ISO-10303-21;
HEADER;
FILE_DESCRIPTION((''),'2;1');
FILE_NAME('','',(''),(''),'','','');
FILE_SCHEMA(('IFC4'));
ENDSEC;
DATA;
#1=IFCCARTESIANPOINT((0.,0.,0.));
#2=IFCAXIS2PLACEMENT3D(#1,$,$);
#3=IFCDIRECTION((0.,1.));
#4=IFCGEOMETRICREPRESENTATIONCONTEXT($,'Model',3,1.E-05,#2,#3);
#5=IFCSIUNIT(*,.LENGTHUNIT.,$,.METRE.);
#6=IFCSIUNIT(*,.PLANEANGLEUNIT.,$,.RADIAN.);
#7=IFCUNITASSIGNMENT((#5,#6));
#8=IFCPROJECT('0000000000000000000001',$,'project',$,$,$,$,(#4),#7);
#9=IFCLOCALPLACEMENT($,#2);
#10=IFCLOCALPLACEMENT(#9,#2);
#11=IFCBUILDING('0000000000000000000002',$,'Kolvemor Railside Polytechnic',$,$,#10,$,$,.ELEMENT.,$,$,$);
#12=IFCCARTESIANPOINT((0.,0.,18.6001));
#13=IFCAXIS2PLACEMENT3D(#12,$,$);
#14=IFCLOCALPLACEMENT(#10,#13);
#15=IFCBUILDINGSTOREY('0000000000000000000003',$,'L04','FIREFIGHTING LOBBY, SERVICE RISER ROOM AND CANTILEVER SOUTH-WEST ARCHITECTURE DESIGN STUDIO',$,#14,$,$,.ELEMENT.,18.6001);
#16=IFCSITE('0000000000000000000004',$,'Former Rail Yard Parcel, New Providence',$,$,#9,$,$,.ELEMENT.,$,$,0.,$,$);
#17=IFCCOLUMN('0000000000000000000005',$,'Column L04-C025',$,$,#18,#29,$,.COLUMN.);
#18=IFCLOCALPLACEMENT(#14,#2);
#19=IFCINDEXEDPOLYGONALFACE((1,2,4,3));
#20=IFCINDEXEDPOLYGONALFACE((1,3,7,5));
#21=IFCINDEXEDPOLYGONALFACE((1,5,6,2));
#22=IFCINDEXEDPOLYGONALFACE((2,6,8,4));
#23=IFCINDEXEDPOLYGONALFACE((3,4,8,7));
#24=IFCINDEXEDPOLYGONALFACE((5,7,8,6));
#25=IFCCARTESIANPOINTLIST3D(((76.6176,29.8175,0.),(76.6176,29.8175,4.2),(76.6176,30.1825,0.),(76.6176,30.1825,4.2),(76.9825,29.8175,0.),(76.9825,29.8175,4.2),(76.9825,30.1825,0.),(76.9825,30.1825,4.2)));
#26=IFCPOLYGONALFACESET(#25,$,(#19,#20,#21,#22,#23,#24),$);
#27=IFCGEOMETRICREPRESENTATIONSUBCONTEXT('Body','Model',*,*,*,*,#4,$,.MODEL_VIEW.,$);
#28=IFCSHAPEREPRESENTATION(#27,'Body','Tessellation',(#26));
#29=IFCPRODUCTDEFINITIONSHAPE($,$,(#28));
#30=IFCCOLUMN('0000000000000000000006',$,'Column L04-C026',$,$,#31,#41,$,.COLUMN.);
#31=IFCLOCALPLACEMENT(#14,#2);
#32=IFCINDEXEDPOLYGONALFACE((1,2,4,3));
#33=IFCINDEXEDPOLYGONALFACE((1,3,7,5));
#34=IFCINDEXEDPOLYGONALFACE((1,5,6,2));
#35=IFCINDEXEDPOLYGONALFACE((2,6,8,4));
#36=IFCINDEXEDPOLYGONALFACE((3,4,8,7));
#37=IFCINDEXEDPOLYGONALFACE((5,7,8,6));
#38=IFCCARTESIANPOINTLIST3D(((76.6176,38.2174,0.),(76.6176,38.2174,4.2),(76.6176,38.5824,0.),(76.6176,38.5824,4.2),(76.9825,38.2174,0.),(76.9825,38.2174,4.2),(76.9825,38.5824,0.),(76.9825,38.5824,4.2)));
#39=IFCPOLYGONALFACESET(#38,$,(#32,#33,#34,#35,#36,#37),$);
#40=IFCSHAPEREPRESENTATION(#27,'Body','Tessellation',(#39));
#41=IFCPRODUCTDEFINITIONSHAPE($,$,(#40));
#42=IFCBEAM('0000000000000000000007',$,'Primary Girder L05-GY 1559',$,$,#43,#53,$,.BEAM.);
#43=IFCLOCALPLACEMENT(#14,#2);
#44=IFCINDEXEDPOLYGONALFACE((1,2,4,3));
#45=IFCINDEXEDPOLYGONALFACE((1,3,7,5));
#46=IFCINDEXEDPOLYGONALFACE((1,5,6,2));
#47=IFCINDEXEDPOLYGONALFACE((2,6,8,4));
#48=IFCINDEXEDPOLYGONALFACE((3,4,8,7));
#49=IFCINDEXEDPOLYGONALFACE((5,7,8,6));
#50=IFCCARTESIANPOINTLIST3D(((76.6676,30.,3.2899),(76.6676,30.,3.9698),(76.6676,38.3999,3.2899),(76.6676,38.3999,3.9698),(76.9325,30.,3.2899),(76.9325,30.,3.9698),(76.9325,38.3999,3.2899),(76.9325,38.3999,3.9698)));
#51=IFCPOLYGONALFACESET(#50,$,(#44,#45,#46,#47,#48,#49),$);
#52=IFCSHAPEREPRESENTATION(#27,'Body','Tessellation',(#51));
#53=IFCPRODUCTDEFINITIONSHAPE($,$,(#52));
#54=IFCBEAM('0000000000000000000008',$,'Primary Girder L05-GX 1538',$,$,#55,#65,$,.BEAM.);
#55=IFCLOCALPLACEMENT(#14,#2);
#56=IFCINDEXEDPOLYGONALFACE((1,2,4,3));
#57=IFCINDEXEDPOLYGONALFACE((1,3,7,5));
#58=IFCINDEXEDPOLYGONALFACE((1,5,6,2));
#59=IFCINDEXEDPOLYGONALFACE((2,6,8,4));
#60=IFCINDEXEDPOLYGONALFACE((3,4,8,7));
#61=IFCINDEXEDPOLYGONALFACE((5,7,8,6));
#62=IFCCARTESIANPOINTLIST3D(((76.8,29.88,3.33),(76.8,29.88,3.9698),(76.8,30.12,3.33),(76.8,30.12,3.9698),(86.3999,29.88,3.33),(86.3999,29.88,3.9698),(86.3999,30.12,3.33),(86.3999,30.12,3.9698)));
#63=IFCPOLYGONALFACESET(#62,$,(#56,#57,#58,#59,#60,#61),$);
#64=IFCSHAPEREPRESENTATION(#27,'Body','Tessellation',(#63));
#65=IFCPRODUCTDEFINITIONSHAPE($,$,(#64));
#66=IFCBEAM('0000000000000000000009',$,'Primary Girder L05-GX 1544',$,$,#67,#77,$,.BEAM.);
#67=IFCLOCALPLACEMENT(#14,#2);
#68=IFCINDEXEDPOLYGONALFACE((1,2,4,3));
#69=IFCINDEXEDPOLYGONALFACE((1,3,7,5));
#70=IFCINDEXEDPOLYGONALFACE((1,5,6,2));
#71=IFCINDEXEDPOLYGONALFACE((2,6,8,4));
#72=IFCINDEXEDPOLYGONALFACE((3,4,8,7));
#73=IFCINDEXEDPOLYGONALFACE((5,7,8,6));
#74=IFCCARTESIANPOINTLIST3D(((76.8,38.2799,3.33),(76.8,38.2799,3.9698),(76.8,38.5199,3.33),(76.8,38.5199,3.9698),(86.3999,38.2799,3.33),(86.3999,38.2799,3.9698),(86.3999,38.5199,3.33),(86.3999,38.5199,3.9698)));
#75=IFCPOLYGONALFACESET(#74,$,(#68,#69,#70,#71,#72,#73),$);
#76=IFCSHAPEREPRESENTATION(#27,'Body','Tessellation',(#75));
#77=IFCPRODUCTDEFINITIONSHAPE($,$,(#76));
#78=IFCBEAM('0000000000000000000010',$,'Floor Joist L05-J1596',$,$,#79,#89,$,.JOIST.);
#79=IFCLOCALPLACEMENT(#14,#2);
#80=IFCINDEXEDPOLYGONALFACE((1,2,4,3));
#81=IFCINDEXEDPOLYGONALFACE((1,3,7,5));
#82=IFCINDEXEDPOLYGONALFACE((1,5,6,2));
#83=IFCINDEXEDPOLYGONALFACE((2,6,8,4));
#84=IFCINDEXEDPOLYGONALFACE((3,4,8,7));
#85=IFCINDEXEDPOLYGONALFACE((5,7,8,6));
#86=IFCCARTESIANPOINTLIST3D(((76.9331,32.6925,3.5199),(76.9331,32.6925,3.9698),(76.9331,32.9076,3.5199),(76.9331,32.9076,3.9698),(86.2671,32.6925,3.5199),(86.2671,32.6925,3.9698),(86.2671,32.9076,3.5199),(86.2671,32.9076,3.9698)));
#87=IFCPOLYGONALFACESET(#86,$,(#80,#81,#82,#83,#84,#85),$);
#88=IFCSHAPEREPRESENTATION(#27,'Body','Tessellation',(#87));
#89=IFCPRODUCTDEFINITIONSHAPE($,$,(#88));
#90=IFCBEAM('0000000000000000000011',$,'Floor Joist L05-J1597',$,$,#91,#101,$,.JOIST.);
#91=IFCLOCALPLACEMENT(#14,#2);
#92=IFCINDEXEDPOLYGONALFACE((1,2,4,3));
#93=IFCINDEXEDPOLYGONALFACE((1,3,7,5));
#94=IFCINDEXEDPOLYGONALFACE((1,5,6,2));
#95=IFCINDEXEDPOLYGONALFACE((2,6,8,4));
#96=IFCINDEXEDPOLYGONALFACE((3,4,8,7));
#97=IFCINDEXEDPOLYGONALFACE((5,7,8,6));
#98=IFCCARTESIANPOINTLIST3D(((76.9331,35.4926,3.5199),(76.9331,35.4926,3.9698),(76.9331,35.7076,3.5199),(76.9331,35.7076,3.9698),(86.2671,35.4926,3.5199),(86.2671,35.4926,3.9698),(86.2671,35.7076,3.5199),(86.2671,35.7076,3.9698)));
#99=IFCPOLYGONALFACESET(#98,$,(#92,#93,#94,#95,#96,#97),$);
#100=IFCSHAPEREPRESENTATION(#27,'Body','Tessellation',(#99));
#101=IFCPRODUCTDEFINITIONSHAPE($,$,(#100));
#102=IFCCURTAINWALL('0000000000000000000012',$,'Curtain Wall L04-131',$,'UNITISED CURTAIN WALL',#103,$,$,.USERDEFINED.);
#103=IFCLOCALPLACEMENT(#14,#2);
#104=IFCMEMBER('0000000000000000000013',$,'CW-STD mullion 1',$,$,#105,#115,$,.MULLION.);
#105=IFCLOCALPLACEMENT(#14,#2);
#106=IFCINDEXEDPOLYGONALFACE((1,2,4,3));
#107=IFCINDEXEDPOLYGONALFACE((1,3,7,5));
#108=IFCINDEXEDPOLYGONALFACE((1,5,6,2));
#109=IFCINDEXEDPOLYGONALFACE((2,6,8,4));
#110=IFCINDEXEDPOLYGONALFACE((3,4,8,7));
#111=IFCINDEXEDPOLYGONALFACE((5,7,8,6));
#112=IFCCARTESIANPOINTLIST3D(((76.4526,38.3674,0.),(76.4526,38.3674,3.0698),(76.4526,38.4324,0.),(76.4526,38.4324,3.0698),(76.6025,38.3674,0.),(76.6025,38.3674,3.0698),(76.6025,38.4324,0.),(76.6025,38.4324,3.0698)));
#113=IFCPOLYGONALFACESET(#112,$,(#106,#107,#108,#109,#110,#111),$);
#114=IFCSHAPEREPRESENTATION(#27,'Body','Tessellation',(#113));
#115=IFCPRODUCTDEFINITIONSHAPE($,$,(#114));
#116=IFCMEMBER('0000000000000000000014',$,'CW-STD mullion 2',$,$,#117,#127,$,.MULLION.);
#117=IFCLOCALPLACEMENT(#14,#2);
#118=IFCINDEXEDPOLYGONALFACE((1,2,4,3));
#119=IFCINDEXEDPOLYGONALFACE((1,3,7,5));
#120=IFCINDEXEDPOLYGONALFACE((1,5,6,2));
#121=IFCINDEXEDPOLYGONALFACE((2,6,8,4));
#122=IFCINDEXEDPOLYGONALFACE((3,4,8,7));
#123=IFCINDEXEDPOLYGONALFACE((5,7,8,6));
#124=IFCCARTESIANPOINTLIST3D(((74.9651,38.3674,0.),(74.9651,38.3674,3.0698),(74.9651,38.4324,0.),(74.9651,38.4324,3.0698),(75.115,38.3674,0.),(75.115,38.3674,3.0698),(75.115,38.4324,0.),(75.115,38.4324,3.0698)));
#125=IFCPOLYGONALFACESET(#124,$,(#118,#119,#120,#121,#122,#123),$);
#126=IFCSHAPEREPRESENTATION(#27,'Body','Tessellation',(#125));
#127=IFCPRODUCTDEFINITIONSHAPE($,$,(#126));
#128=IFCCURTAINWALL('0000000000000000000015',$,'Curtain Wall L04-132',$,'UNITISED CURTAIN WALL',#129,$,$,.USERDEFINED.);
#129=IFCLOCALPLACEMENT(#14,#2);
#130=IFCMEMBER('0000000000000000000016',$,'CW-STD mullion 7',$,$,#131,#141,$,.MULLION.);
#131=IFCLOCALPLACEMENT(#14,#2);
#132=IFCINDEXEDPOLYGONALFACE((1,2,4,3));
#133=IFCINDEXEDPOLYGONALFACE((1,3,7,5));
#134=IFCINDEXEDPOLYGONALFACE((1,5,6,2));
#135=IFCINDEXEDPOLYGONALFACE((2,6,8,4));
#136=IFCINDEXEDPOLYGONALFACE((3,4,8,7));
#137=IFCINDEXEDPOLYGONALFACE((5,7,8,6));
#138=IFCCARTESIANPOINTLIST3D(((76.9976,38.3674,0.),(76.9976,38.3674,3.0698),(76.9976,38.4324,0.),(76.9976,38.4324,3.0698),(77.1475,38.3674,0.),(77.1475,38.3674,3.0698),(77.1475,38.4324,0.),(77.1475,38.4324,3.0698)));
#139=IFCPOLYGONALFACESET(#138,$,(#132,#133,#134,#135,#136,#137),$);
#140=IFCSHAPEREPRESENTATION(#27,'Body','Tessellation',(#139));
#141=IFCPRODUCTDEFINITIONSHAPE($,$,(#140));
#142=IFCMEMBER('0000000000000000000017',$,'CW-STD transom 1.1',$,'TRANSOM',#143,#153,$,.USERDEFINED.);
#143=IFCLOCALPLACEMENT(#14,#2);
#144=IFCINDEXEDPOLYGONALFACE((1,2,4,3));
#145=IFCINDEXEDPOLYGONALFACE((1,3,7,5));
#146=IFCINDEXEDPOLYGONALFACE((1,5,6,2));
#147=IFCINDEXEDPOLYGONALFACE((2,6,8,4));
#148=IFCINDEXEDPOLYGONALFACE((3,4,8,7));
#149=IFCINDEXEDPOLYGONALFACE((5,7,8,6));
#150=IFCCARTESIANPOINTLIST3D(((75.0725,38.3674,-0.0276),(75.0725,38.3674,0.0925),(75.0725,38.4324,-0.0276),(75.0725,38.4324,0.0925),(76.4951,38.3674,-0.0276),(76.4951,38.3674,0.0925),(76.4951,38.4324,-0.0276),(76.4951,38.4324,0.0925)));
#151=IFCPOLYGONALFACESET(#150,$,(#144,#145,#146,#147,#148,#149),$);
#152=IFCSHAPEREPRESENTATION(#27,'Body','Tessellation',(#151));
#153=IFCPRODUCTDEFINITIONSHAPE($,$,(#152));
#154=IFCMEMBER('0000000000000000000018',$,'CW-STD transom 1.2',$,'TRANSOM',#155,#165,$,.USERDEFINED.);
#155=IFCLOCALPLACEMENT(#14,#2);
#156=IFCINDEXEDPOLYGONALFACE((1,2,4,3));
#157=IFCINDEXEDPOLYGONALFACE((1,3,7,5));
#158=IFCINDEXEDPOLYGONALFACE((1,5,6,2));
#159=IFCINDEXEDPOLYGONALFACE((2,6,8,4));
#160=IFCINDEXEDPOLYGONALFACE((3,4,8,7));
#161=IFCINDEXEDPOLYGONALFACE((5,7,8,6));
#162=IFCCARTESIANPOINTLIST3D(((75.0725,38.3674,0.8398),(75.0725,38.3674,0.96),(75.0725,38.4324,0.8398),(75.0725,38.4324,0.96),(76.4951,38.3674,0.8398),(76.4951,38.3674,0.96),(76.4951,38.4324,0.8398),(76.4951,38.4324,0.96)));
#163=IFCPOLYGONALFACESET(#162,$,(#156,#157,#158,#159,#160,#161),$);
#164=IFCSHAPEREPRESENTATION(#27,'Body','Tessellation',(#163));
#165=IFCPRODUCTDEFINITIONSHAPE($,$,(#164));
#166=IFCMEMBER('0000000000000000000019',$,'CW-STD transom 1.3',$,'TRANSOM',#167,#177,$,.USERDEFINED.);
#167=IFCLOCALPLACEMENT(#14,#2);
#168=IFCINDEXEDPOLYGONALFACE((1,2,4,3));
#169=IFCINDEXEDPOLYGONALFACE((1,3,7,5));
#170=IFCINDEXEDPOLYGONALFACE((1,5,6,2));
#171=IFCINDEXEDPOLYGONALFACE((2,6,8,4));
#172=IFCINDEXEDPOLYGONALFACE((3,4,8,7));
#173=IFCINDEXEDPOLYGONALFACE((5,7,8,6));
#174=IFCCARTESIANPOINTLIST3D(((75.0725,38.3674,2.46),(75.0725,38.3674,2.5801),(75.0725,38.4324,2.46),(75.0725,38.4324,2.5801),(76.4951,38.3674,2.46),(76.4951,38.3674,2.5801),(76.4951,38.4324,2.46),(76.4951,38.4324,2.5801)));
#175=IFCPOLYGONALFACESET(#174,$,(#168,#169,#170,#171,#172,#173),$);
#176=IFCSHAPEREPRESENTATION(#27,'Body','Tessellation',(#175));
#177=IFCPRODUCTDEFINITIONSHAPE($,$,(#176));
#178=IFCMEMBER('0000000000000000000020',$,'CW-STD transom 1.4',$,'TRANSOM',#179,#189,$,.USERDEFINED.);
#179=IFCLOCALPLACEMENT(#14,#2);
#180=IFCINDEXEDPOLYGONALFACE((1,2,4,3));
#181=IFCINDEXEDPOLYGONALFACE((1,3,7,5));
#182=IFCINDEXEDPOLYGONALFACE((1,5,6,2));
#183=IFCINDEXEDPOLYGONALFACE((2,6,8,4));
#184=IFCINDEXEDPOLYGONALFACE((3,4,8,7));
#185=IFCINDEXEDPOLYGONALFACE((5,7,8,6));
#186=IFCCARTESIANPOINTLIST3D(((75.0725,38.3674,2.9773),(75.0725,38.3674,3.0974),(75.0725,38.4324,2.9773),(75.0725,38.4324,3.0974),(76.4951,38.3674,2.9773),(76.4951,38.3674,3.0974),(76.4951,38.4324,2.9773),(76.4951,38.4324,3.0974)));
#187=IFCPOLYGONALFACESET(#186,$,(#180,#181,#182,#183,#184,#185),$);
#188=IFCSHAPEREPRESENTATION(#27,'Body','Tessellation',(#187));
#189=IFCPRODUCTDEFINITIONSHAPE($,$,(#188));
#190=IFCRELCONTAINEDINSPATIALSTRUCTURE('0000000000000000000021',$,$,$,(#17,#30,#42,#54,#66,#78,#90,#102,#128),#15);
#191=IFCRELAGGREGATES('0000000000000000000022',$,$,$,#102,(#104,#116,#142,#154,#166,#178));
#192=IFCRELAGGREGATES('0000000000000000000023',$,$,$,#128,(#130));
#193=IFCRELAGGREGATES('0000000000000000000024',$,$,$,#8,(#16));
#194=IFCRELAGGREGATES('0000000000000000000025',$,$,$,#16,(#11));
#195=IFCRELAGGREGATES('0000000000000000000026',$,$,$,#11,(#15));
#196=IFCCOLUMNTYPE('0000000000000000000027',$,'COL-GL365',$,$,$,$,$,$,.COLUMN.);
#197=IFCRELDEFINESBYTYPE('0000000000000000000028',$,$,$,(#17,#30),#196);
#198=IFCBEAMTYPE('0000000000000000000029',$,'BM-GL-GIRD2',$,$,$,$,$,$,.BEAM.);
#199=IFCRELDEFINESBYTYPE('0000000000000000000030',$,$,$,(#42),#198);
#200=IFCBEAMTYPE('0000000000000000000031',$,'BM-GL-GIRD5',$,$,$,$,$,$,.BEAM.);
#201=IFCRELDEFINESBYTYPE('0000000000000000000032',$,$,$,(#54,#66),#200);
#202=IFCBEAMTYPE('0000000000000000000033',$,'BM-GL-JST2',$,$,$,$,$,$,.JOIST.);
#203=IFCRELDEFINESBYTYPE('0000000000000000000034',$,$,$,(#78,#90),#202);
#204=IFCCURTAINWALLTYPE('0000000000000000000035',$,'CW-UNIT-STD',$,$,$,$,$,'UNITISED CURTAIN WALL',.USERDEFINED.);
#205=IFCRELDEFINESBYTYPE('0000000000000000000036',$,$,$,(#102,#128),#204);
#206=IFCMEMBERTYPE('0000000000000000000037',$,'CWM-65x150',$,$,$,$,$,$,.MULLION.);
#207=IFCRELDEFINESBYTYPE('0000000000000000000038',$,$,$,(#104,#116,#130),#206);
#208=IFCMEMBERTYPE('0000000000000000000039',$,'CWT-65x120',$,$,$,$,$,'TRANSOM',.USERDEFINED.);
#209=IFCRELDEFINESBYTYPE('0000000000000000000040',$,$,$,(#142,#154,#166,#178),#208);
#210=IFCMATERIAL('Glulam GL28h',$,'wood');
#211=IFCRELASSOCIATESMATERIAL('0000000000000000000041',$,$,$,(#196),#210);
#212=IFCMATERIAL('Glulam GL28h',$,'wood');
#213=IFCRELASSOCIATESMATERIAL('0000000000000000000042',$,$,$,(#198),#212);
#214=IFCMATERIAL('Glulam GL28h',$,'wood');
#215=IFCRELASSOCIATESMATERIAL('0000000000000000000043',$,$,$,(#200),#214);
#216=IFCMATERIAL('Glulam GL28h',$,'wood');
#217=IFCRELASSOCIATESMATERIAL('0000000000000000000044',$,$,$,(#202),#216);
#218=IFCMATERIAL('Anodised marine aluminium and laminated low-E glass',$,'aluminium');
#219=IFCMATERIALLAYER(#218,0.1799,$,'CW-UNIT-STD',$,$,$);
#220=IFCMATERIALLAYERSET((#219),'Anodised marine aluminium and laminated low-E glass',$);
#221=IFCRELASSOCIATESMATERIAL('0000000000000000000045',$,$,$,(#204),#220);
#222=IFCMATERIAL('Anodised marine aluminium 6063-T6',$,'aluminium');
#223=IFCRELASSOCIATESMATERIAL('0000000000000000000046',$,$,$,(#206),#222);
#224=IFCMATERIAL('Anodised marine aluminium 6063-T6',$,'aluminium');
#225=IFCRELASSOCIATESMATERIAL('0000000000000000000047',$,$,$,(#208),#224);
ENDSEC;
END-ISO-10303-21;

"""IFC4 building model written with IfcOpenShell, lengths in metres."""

from ifc_helpers import new_model, si_unit, direction, frame, origin, origin_2d, place, context, subcontext, project, spatial, rectangle, extrude, material, layer, layer_set, material_profile, profile_set, type_object, element, aggregate, save


model = new_model("IFC4")

# Units and contexts
model_context = context("Model", 3, precision=1e-05, world=origin(), true_north=direction((0.0, 1.0)))
body_context = subcontext(model_context, "Body", "Model", "MODEL_VIEW")
ifc_project = project(units=[si_unit("LENGTHUNIT", "METRE"), si_unit("PLANEANGLEUNIT", "RADIAN")], contexts=[model_context])

# Site, building, storey
site_placement = place(None, origin())
site = spatial("IfcSite", under=ifc_project, at=site_placement, Name="Former Rail Yard Parcel, New Providence", CompositionType="ELEMENT", RefElevation=0.0)
building_placement = place(site_placement, origin())
building = spatial("IfcBuilding", under=site, at=building_placement, Name="Kolvemor Railside Polytechnic", CompositionType="ELEMENT")
storey_placement = place(building_placement, frame((0.0, 0.0, 18.6001)))
storey = spatial("IfcBuildingStorey", under=building, at=storey_placement, Name="L04", Description="FIREFIGHTING LOBBY, SERVICE RISER ROOM AND CANTILEVER SOUTH-WEST ARCHITECTURE DESIGN STUDIO", CompositionType="ELEMENT", Elevation=18.6001)

# Columns
ifc_material_1 = material(Name="Glulam GL28h", Category="wood")
ifc_material_profile_1 = material_profile(ifc_material_1, rectangle(XDim=0.365, YDim=0.365, at=origin_2d()), Name="GL365x365")
ifc_profile_set_1 = profile_set([ifc_material_profile_1], Name="Glulam GL28h")
column_type = type_object("IfcColumnType", Name="COL-GL365", PredefinedType="COLUMN", material=ifc_profile_set_1)
for number, where, z_axis, x_axis, name in (
    (1, (76.8, 30.0, 0.0), (0.0, 0.0, 1.0), (1.0, 0.0, 0.0), "Column L04-C025"),
    (2, (76.8, 38.3999, 0.0), (0.0, 0.0, 1.0), (1.0, 0.0, 0.0), "Column L04-C026"),
):
    element("IfcColumn", number, at=place(storey_placement, frame(where, z_axis=z_axis, x_axis=x_axis)), inside=storey, type_object=column_type, Name=name, PredefinedType="COLUMN", context=body_context, shape_type="SweptSolid", body=[
        extrude(rectangle(XDim=0.365, YDim=0.365, at=origin_2d()), origin(), (0.0, 0.0, 1.0), 4.2),
    ])

# Beams
ifc_material_2 = material(Name="Glulam GL28h", Category="wood")
ifc_material_profile_2 = material_profile(ifc_material_2, rectangle(XDim=0.2649, YDim=0.6799, at=origin_2d()), Name="GL265x680")
ifc_profile_set_2 = profile_set([ifc_material_profile_2], Name="Glulam GL28h")
beam_type_1 = type_object("IfcBeamType", Name="BM-GL-GIRD2", PredefinedType="BEAM", material=ifc_profile_set_2)
beam_placement = place(storey_placement, frame((76.8, 30.0, 3.6299), z_axis=(0.0, 1.0, 0.0), x_axis=(-1.0, 0.0, 0.0)))
element("IfcBeam", 3, at=beam_placement, inside=storey, type_object=beam_type_1, Name="Primary Girder L05-GY 1559", PredefinedType="BEAM", context=body_context, shape_type="SweptSolid", body=[
    extrude(rectangle(XDim=0.2649, YDim=0.6799, at=origin_2d()), origin(), (0.0, 0.0, 1.0), 8.3999),
])
ifc_material_3 = material(Name="Glulam GL28h", Category="wood")
ifc_material_profile_3 = material_profile(ifc_material_3, rectangle(XDim=0.24, YDim=0.6399, at=origin_2d()), Name="GL240x640")
ifc_profile_set_3 = profile_set([ifc_material_profile_3], Name="Glulam GL28h")
beam_type_2 = type_object("IfcBeamType", Name="BM-GL-GIRD5", PredefinedType="BEAM", material=ifc_profile_set_3)
for number, where, z_axis, x_axis, name in (
    (4, (76.8, 30.0, 3.6499), (1.0, 0.0, 0.0), (0.0, 1.0, 0.0), "Primary Girder L05-GX 1538"),
    (5, (76.8, 38.3999, 3.6499), (1.0, 0.0, 0.0), (0.0, 1.0, 0.0), "Primary Girder L05-GX 1544"),
):
    element("IfcBeam", number, at=place(storey_placement, frame(where, z_axis=z_axis, x_axis=x_axis)), inside=storey, type_object=beam_type_2, Name=name, PredefinedType="BEAM", context=body_context, shape_type="SweptSolid", body=[
        extrude(rectangle(XDim=0.24, YDim=0.6399, at=origin_2d()), origin(), (0.0, 0.0, 1.0), 9.5999),
    ])
ifc_material_4 = material(Name="Glulam GL28h", Category="wood")
ifc_material_profile_4 = material_profile(ifc_material_4, rectangle(XDim=0.2151, YDim=0.45, at=origin_2d()), Name="GL215x450")
ifc_profile_set_4 = profile_set([ifc_material_profile_4], Name="Glulam GL28h")
beam_type_3 = type_object("IfcBeamType", Name="BM-GL-JST2", PredefinedType="JOIST", material=ifc_profile_set_4)
for number, where, z_axis, x_axis, name in (
    (6, (76.9331, 32.8, 3.7449), (1.0, 0.0, 0.0), (0.0, 1.0, 0.0), "Floor Joist L05-J1596"),
    (7, (76.9331, 35.6001, 3.7449), (1.0, 0.0, 0.0), (0.0, 1.0, 0.0), "Floor Joist L05-J1597"),
):
    element("IfcBeam", number, at=place(storey_placement, frame(where, z_axis=z_axis, x_axis=x_axis)), inside=storey, type_object=beam_type_3, Name=name, PredefinedType="JOIST", context=body_context, shape_type="SweptSolid", body=[
        extrude(rectangle(XDim=0.2151, YDim=0.45, at=origin_2d()), origin(), (0.0, 0.0, 1.0), 9.334),
    ])

# Curtain wall, members
ifc_material_5 = material(Name="Anodised marine aluminium and laminated low-E glass", Category="aluminium")
ifc_layer_1 = layer(ifc_material_5, 0.1799, Name="CW-UNIT-STD")
ifc_layer_set_1 = layer_set([ifc_layer_1], Name="Anodised marine aluminium and laminated low-E glass")
curtain_wall_type = type_object("IfcCurtainWallType", Name="CW-UNIT-STD", ElementType="UNITISED CURTAIN WALL", PredefinedType="USERDEFINED", material=ifc_layer_set_1)
curtain_wall_1_placement = place(storey_placement, origin())
curtain_wall_1 = element("IfcCurtainWall", 8, at=curtain_wall_1_placement, inside=storey, type_object=curtain_wall_type, Name="Curtain Wall L04-131", ObjectType="UNITISED CURTAIN WALL", PredefinedType="USERDEFINED")
ifc_material_6 = material(Name="Anodised marine aluminium 6063-T6", Category="aluminium")
ifc_material_profile_5 = material_profile(ifc_material_6, rectangle(XDim=0.0649, YDim=0.1499, at=origin_2d()), Name="CW-MUL-65x150")
ifc_profile_set_5 = profile_set([ifc_material_profile_5], Name="Anodised marine aluminium 6063-T6")
member_type_1 = type_object("IfcMemberType", Name="CWM-65x150", PredefinedType="MULLION", material=ifc_profile_set_5)
member_1_placement = place(storey_placement, frame((76.5276, 38.3999, 0.0), z_axis=(0.0, 0.0, 1.0), x_axis=(0.0, -1.0, 0.0)))
member_1 = element("IfcMember", 9, at=member_1_placement, type_object=member_type_1, Name="CW-STD mullion 1", PredefinedType="MULLION", context=body_context, shape_type="SweptSolid", body=[
    extrude(rectangle(XDim=0.0649, YDim=0.1499, at=origin_2d()), origin(), (0.0, 0.0, 1.0), 3.0698),
])
member_2_placement = place(storey_placement, frame((75.04, 38.3999, 0.0), z_axis=(0.0, 0.0, 1.0), x_axis=(0.0, -1.0, 0.0)))
member_2 = element("IfcMember", 10, at=member_2_placement, type_object=member_type_1, Name="CW-STD mullion 2", PredefinedType="MULLION", context=body_context, shape_type="SweptSolid", body=[
    extrude(rectangle(XDim=0.0649, YDim=0.1499, at=origin_2d()), origin(), (0.0, 0.0, 1.0), 3.0698),
])

# Curtain wall, member
curtain_wall_2_placement = place(storey_placement, origin())
curtain_wall_2 = element("IfcCurtainWall", 11, at=curtain_wall_2_placement, inside=storey, type_object=curtain_wall_type, Name="Curtain Wall L04-132", ObjectType="UNITISED CURTAIN WALL", PredefinedType="USERDEFINED")
member_3_placement = place(storey_placement, frame((77.0725, 38.3999, 0.0), z_axis=(0.0, 0.0, 1.0), x_axis=(0.0, -1.0, 0.0)))
member_3 = element("IfcMember", 12, at=member_3_placement, type_object=member_type_1, Name="CW-STD mullion 7", PredefinedType="MULLION", context=body_context, shape_type="SweptSolid", body=[
    extrude(rectangle(XDim=0.0649, YDim=0.1499, at=origin_2d()), origin(), (0.0, 0.0, 1.0), 3.0698),
])

# Members
ifc_material_7 = material(Name="Anodised marine aluminium 6063-T6", Category="aluminium")
ifc_material_profile_6 = material_profile(ifc_material_7, rectangle(XDim=0.0649, YDim=0.1201, at=origin_2d()), Name="CW-TRN-65x120")
ifc_profile_set_6 = profile_set([ifc_material_profile_6], Name="Anodised marine aluminium 6063-T6")
member_type_2 = type_object("IfcMemberType", Name="CWT-65x120", ElementType="TRANSOM", PredefinedType="USERDEFINED", material=ifc_profile_set_6)
member_4_placement = place(storey_placement, frame((76.4951, 38.3999, 0.0325), z_axis=(-1.0, 0.0, 0.0), x_axis=(0.0, -1.0, 0.0)))
member_4 = element("IfcMember", 13, at=member_4_placement, type_object=member_type_2, Name="CW-STD transom 1.1", ObjectType="TRANSOM", PredefinedType="USERDEFINED", context=body_context, shape_type="SweptSolid", body=[
    extrude(rectangle(XDim=0.0649, YDim=0.1201, at=origin_2d()), origin(), (0.0, 0.0, 1.0), 1.4226),
])
member_5_placement = place(storey_placement, frame((76.4951, 38.3999, 0.8999), z_axis=(-1.0, 0.0, 0.0), x_axis=(0.0, -1.0, 0.0)))
member_5 = element("IfcMember", 14, at=member_5_placement, type_object=member_type_2, Name="CW-STD transom 1.2", ObjectType="TRANSOM", PredefinedType="USERDEFINED", context=body_context, shape_type="SweptSolid", body=[
    extrude(rectangle(XDim=0.0649, YDim=0.1201, at=origin_2d()), origin(), (0.0, 0.0, 1.0), 1.4226),
])
member_6_placement = place(storey_placement, frame((76.4951, 38.3999, 2.52), z_axis=(-1.0, 0.0, 0.0), x_axis=(0.0, -1.0, 0.0)))
member_6 = element("IfcMember", 15, at=member_6_placement, type_object=member_type_2, Name="CW-STD transom 1.3", ObjectType="TRANSOM", PredefinedType="USERDEFINED", context=body_context, shape_type="SweptSolid", body=[
    extrude(rectangle(XDim=0.0649, YDim=0.1201, at=origin_2d()), origin(), (0.0, 0.0, 1.0), 1.4226),
])
member_7_placement = place(storey_placement, frame((76.4951, 38.3999, 3.0374), z_axis=(-1.0, 0.0, 0.0), x_axis=(0.0, -1.0, 0.0)))
member_7 = element("IfcMember", 16, at=member_7_placement, type_object=member_type_2, Name="CW-STD transom 1.4", ObjectType="TRANSOM", PredefinedType="USERDEFINED", context=body_context, shape_type="SweptSolid", body=[
    extrude(rectangle(XDim=0.0649, YDim=0.1201, at=origin_2d()), origin(), (0.0, 0.0, 1.0), 1.4226),
])

aggregate(curtain_wall_1, [member_1, member_2, member_4, member_5, member_6, member_7])
aggregate(curtain_wall_2, [member_3])

save(model, "model.ifc")
